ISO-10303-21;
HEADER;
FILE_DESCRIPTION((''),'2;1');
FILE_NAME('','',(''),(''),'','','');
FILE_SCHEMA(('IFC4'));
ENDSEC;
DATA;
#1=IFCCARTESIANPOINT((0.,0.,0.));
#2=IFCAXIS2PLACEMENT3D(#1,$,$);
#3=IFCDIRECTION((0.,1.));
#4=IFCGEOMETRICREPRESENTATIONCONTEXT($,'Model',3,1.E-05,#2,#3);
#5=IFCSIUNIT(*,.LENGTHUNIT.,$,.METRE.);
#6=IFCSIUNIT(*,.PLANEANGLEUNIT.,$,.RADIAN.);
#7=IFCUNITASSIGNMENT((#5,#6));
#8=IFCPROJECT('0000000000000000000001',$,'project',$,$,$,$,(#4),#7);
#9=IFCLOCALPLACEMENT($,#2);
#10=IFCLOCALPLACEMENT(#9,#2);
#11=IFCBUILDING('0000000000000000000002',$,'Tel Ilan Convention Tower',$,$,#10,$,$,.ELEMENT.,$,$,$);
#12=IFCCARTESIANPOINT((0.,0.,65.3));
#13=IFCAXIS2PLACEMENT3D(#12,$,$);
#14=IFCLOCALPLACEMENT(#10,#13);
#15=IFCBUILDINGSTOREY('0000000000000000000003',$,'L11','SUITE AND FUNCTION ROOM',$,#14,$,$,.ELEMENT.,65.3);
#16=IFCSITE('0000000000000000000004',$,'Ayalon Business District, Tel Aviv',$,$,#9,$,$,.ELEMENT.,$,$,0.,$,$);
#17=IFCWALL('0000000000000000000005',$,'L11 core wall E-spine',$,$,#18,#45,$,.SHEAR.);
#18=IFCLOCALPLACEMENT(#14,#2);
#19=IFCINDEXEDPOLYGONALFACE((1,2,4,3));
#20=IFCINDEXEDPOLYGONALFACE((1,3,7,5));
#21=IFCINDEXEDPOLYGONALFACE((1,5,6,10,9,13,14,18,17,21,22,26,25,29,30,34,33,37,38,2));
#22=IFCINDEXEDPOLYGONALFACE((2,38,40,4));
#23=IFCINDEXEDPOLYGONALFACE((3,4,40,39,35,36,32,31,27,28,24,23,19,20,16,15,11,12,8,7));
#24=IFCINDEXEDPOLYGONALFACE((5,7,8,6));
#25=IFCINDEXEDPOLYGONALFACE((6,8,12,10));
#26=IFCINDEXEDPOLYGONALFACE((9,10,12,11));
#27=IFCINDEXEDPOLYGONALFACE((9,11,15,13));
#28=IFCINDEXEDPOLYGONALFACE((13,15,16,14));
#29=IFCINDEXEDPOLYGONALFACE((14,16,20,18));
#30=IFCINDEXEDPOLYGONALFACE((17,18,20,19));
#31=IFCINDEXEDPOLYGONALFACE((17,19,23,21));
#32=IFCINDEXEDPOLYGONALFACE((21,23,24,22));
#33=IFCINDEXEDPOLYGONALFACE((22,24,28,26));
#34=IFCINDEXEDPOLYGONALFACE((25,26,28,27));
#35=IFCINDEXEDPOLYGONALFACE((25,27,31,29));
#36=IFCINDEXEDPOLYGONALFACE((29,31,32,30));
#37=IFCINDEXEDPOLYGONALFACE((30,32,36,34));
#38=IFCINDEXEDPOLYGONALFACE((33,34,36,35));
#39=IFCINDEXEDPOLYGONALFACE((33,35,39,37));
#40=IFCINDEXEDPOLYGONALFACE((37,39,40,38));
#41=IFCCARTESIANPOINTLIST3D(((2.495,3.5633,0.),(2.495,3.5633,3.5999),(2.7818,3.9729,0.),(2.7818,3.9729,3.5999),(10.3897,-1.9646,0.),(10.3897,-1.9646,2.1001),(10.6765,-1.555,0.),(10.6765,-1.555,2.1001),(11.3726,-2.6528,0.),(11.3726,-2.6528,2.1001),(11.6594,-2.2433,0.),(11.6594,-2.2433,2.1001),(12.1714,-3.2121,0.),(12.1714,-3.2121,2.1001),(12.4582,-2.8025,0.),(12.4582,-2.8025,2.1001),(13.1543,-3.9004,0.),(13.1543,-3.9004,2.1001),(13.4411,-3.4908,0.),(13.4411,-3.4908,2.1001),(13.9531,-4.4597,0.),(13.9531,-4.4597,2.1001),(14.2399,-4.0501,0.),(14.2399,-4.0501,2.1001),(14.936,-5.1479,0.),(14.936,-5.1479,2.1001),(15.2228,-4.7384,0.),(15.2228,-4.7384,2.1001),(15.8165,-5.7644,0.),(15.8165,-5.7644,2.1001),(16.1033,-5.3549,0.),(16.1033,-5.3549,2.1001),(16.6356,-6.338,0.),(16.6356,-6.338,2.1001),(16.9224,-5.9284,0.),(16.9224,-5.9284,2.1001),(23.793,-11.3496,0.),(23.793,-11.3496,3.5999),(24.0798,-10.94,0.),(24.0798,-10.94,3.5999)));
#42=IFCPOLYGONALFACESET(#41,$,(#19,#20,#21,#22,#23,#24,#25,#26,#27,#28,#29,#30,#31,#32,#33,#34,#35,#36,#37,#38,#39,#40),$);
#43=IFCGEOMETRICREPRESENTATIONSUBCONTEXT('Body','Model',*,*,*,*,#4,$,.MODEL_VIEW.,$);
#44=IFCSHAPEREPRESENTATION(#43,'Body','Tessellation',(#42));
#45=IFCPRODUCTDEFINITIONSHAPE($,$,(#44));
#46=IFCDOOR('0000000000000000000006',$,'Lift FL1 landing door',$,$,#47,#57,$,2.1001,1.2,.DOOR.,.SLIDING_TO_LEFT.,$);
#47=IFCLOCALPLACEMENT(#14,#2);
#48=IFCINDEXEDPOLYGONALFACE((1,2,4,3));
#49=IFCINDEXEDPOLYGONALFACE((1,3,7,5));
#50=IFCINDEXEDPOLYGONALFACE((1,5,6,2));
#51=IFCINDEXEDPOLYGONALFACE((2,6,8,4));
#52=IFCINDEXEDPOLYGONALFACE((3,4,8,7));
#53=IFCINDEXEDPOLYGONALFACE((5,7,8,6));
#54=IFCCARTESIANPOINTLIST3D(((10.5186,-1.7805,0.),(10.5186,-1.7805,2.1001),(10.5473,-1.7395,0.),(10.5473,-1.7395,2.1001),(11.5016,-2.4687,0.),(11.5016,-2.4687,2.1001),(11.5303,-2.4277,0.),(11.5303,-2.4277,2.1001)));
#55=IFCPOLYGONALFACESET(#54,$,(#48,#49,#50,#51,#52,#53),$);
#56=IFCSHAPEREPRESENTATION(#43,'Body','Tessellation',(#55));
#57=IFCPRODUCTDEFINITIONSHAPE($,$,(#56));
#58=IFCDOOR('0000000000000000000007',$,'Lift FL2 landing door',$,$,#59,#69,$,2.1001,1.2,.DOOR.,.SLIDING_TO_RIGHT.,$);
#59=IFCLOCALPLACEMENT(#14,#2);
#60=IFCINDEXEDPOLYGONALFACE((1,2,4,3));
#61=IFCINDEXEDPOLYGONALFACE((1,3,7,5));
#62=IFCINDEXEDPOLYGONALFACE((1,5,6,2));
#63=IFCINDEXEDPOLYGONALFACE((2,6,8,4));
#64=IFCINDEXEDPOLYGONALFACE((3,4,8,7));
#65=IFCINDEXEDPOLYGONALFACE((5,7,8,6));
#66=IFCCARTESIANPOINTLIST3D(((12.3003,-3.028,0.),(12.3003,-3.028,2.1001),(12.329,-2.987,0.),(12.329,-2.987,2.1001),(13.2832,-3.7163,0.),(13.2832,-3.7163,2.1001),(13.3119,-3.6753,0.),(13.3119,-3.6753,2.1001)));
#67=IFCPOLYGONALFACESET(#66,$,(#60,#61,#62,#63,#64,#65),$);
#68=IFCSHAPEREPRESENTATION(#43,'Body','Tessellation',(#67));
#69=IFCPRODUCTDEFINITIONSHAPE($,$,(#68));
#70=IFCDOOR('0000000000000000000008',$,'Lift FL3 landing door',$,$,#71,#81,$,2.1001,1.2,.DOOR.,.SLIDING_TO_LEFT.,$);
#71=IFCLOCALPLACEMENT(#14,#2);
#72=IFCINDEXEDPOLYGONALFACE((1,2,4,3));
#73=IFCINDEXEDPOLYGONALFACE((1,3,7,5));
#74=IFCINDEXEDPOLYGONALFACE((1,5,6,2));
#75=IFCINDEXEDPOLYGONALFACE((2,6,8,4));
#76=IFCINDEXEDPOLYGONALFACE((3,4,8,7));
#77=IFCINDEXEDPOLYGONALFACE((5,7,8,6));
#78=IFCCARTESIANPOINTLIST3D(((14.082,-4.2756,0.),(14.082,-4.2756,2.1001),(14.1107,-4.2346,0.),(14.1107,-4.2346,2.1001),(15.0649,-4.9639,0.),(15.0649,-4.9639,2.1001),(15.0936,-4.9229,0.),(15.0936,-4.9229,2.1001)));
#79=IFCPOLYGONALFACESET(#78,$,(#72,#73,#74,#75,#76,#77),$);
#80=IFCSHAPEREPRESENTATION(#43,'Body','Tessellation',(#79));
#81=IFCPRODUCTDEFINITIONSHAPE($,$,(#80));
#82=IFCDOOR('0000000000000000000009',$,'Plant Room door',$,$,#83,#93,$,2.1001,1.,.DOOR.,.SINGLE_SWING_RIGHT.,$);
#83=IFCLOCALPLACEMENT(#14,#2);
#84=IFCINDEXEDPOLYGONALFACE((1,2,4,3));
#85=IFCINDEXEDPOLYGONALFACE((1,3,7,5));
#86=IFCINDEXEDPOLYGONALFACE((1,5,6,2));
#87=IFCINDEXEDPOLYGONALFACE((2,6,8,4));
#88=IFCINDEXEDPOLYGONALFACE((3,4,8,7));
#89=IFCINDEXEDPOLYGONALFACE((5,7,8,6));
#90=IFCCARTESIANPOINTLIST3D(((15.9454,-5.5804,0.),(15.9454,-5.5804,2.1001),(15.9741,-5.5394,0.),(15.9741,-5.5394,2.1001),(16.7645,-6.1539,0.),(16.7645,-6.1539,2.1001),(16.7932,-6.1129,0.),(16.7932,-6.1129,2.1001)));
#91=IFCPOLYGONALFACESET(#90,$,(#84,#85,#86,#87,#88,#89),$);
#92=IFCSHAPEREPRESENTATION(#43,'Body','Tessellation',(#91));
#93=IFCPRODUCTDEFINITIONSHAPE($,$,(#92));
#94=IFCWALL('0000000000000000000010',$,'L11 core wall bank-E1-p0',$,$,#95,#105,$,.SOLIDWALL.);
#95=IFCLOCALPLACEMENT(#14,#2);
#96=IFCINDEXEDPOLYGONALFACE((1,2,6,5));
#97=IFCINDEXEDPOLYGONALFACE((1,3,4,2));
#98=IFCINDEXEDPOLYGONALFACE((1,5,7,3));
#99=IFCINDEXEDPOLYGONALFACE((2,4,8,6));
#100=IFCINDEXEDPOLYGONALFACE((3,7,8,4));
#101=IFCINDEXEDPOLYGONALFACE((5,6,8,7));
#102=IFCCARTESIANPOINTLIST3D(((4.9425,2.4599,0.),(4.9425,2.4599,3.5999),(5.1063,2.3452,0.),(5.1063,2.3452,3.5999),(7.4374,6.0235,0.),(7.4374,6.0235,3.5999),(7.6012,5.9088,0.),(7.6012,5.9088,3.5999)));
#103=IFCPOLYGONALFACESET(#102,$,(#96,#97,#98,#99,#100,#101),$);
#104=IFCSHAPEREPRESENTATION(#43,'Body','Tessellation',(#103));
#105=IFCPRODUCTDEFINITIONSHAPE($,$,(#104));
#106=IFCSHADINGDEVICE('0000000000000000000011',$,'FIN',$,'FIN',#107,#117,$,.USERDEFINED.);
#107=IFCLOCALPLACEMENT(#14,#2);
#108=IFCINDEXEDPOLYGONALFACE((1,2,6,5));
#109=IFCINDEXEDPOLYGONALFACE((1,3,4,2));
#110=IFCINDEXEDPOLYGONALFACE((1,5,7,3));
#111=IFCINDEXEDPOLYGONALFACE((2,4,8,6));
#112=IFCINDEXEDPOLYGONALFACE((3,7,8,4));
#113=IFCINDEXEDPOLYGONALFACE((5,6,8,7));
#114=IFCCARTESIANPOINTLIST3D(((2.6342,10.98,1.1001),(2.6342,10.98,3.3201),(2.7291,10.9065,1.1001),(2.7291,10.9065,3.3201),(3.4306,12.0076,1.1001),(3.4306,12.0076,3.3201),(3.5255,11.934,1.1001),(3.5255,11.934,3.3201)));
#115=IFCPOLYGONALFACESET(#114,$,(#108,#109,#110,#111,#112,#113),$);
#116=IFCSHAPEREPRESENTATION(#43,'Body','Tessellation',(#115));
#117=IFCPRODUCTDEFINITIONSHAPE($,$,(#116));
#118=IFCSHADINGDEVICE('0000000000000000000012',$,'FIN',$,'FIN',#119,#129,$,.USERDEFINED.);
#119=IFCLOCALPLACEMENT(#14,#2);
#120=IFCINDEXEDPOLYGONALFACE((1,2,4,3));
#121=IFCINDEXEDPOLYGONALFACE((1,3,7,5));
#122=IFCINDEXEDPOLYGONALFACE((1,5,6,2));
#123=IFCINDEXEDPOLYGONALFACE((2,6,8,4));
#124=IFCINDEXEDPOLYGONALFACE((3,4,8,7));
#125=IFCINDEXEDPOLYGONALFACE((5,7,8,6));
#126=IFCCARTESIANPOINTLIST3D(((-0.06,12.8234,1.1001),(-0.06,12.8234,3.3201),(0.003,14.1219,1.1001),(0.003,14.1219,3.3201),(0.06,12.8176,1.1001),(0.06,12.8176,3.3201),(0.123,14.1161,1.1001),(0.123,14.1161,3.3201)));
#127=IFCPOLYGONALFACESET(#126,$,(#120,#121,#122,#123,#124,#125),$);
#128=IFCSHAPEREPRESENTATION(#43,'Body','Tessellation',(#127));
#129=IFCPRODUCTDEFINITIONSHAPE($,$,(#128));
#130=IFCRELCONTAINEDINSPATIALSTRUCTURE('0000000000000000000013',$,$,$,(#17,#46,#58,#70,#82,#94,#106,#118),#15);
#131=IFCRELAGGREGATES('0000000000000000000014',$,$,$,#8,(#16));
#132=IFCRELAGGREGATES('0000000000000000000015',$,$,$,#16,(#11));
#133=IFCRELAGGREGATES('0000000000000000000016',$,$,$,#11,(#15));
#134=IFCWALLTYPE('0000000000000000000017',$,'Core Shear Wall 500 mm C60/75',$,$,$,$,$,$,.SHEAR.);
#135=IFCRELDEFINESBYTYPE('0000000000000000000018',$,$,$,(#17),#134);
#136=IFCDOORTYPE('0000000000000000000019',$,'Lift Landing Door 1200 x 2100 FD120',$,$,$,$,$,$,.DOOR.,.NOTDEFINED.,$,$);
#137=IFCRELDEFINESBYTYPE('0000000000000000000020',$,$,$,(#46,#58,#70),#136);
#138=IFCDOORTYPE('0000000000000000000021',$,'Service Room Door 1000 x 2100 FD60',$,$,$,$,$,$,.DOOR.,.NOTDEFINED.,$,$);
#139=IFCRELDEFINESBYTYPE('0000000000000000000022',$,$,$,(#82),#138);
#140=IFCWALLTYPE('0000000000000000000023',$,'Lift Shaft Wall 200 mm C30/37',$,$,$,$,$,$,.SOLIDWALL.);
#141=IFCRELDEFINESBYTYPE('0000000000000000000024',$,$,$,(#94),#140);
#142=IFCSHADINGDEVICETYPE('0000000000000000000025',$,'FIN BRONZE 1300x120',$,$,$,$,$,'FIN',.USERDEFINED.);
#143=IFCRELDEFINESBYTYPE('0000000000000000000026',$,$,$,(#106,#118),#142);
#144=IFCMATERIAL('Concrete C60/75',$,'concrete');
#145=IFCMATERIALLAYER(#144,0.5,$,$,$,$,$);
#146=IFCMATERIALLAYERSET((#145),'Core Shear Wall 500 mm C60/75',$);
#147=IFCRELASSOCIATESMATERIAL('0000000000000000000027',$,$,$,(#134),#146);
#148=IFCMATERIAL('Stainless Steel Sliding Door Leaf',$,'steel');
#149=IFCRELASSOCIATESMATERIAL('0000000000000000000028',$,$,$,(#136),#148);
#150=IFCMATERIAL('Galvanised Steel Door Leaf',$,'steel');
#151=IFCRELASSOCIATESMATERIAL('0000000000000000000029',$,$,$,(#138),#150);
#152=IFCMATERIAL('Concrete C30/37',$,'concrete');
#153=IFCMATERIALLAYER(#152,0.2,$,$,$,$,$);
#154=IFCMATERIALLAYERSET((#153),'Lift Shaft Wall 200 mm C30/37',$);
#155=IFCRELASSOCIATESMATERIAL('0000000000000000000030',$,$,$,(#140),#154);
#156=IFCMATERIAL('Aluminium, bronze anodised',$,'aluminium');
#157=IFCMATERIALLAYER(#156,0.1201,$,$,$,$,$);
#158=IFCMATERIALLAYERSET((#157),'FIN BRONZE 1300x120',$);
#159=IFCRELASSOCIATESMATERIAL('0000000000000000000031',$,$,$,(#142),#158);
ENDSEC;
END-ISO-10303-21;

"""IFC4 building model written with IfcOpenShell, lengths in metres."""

from ifc_helpers import new_model, si_unit, direction, frame, frame_2d, origin, origin_2d, place, context, subcontext, project, spatial, polyline, rectangle, outline, extrude, material, layer, layer_set, type_object, element, fill, save


model = new_model("IFC4")

# Units and contexts
model_context = context("Model", 3, precision=1e-05, world=origin(), true_north=direction((0.0, 1.0)))
body_context = subcontext(model_context, "Body", "Model", "MODEL_VIEW")
ifc_project = project(units=[si_unit("LENGTHUNIT", "METRE"), si_unit("PLANEANGLEUNIT", "RADIAN")], contexts=[model_context])

# Site, building, storey
site_placement = place(None, origin())
site = spatial("IfcSite", under=ifc_project, at=site_placement, Name="Ayalon Business District, Tel Aviv", CompositionType="ELEMENT", RefElevation=0.0)
building_placement = place(site_placement, origin())
building = spatial("IfcBuilding", under=site, at=building_placement, Name="Tel Ilan Convention Tower", CompositionType="ELEMENT")
storey_placement = place(building_placement, frame((0.0, 0.0, 65.3)))
storey = spatial("IfcBuildingStorey", under=building, at=storey_placement, Name="L11", Description="SUITE AND FUNCTION ROOM", CompositionType="ELEMENT", Elevation=65.3)

# Wall, openings, doors
ifc_material_1 = material(Name="Concrete C60/75", Category="concrete")
ifc_layer_1 = layer(ifc_material_1, 0.5)
ifc_layer_set_1 = layer_set([ifc_layer_1], Name="Core Shear Wall 500 mm C60/75")
wall_type_1 = type_object("IfcWallType", Name="Core Shear Wall 500 mm C60/75", PredefinedType="SHEAR", material=ifc_layer_set_1)
wall_1_placement = place(storey_placement, frame((2.6384, 3.7681, 0.0), z_axis=(0.0, 0.0, 1.0), x_axis=(0.819149, -0.573581, 0.0)))
wall_1 = element("IfcWall", 1, at=wall_1_placement, inside=storey, type_object=wall_type_1, Name="L11 core wall E-spine", PredefinedType="SHEAR", context=body_context, shape_type="SweptSolid", body=[
    extrude(outline(polyline([(0.0, 0.25), (0.0, -0.25), (26.0, -0.2498), (26.0, 0.2502), (0.0, 0.25)])), origin(), (0.0, 0.0, 1.0), 3.5999),
])
opening_1_placement = place(wall_1_placement, frame((9.6375, 0.0, 0.0)))
opening_1 = element("IfcOpeningElement", 2, at=opening_1_placement, cuts=wall_1, PredefinedType="OPENING", context=body_context, shape_type="SweptSolid", body=[
    extrude(rectangle(XDim=1.2, YDim=2.1001, at=frame_2d((0.6001, 1.05))), frame((0.0, 0.26, 0.0), z_axis=(0.0, -1.0, 0.0), x_axis=(1.0, 0.0, 0.0)), (0.0, 0.0, 1.0), 0.52),
])
opening_2_placement = place(wall_1_placement, frame((11.8125, 0.0, 0.0)))
opening_2 = element("IfcOpeningElement", 3, at=opening_2_placement, cuts=wall_1, PredefinedType="OPENING", context=body_context, shape_type="SweptSolid", body=[
    extrude(rectangle(XDim=1.2, YDim=2.1001, at=frame_2d((0.6001, 1.05))), frame((0.0, 0.26, 0.0), z_axis=(0.0, -1.0, 0.0), x_axis=(1.0, 0.0, 0.0)), (0.0, 0.0, 1.0), 0.52),
])
opening_3_placement = place(wall_1_placement, frame((13.9875, 0.0, 0.0)))
opening_3 = element("IfcOpeningElement", 4, at=opening_3_placement, cuts=wall_1, PredefinedType="OPENING", context=body_context, shape_type="SweptSolid", body=[
    extrude(rectangle(XDim=1.2, YDim=2.1001, at=frame_2d((0.6001, 1.05))), frame((0.0, 0.26, 0.0), z_axis=(0.0, -1.0, 0.0), x_axis=(1.0, 0.0, 0.0)), (0.0, 0.0, 1.0), 0.52),
])
opening_4_placement = place(wall_1_placement, frame((16.2625, 0.0, 0.0)))
opening_4 = element("IfcOpeningElement", 5, at=opening_4_placement, cuts=wall_1, PredefinedType="OPENING", context=body_context, shape_type="SweptSolid", body=[
    extrude(rectangle(XDim=1.0, YDim=2.1001, at=frame_2d((0.5, 1.05))), frame((0.0, 0.26, 0.0), z_axis=(0.0, -1.0, 0.0), x_axis=(1.0, 0.0, 0.0)), (0.0, 0.0, 1.0), 0.52),
])
ifc_material_2 = material(Name="Stainless Steel Sliding Door Leaf", Category="steel")
door_type_1 = type_object("IfcDoorType", Name="Lift Landing Door 1200 x 2100 FD120", OperationType="NOTDEFINED", PredefinedType="DOOR", material=ifc_material_2)
door_1_placement = place(opening_1_placement, origin())
door_1 = element("IfcDoor", 6, at=door_1_placement, inside=storey, type_object=door_type_1, Name="Lift FL1 landing door", OperationType="SLIDING_TO_LEFT", OverallHeight=2.1001, OverallWidth=1.2, PredefinedType="DOOR", context=body_context, shape_type="SweptSolid", body=[
    extrude(rectangle(XDim=1.2, YDim=2.1001, at=frame_2d((0.6001, 1.05))), frame((0.0, 0.0249, 0.0), z_axis=(0.0, -1.0, 0.0), x_axis=(1.0, 0.0, 0.0)), (0.0, 0.0, 1.0), 0.05),
])
fill(opening_1, door_1)
door_2_placement = place(opening_2_placement, origin())
door_2 = element("IfcDoor", 7, at=door_2_placement, inside=storey, type_object=door_type_1, Name="Lift FL2 landing door", OperationType="SLIDING_TO_RIGHT", OverallHeight=2.1001, OverallWidth=1.2, PredefinedType="DOOR", context=body_context, shape_type="SweptSolid", body=[
    extrude(rectangle(XDim=1.2, YDim=2.1001, at=frame_2d((0.6001, 1.05))), frame((0.0, 0.0249, 0.0), z_axis=(0.0, -1.0, 0.0), x_axis=(1.0, 0.0, 0.0)), (0.0, 0.0, 1.0), 0.05),
])
fill(opening_2, door_2)
door_3_placement = place(opening_3_placement, origin())
door_3 = element("IfcDoor", 8, at=door_3_placement, inside=storey, type_object=door_type_1, Name="Lift FL3 landing door", OperationType="SLIDING_TO_LEFT", OverallHeight=2.1001, OverallWidth=1.2, PredefinedType="DOOR", context=body_context, shape_type="SweptSolid", body=[
    extrude(rectangle(XDim=1.2, YDim=2.1001, at=frame_2d((0.6001, 1.05))), frame((0.0, 0.0249, 0.0), z_axis=(0.0, -1.0, 0.0), x_axis=(1.0, 0.0, 0.0)), (0.0, 0.0, 1.0), 0.05),
])
fill(opening_3, door_3)
ifc_material_3 = material(Name="Galvanised Steel Door Leaf", Category="steel")
door_type_2 = type_object("IfcDoorType", Name="Service Room Door 1000 x 2100 FD60", OperationType="NOTDEFINED", PredefinedType="DOOR", material=ifc_material_3)
door_4_placement = place(opening_4_placement, origin())
door_4 = element("IfcDoor", 9, at=door_4_placement, inside=storey, type_object=door_type_2, Name="Plant Room door", OperationType="SINGLE_SWING_RIGHT", OverallHeight=2.1001, OverallWidth=1.0, PredefinedType="DOOR", context=body_context, shape_type="SweptSolid", body=[
    extrude(rectangle(XDim=1.0, YDim=2.1001, at=frame_2d((0.5, 1.05))), frame((0.0, 0.0249, 0.0), z_axis=(0.0, -1.0, 0.0), x_axis=(1.0, 0.0, 0.0)), (0.0, 0.0, 1.0), 0.05),
])
fill(opening_4, door_4)

# Wall
ifc_material_4 = material(Name="Concrete C30/37", Category="concrete")
ifc_layer_2 = layer(ifc_material_4, 0.2)
ifc_layer_set_2 = layer_set([ifc_layer_2], Name="Lift Shaft Wall 200 mm C30/37")
wall_type_2 = type_object("IfcWallType", Name="Lift Shaft Wall 200 mm C30/37", PredefinedType="SOLIDWALL", material=ifc_layer_set_2)
wall_2_placement = place(storey_placement, frame((5.0244, 2.4026, 0.0), z_axis=(0.0, 0.0, 1.0), x_axis=(0.57353, 0.819184, 0.0)))
element("IfcWall", 10, at=wall_2_placement, inside=storey, type_object=wall_type_2, Name="L11 core wall bank-E1-p0", PredefinedType="SOLIDWALL", context=body_context, shape_type="SweptSolid", body=[
    extrude(rectangle(XDim=4.3501, YDim=0.2, at=frame_2d((2.175, 0.0))), origin(), (0.0, 0.0, 1.0), 3.5999),
])

# Shading devices
ifc_material_5 = material(Name="Aluminium, bronze anodised", Category="aluminium")
ifc_layer_3 = layer(ifc_material_5, 0.1201)
ifc_layer_set_3 = layer_set([ifc_layer_3], Name="FIN BRONZE 1300x120")
shading_device_type = type_object("IfcShadingDeviceType", Name="FIN BRONZE 1300x120", ElementType="FIN", PredefinedType="USERDEFINED", material=ifc_layer_set_3)
for number, where, z_axis, x_axis, name in (
    (11, (3.0798, 11.457, 1.1001), (0.0, 0.0, 1.0), (0.612601, 0.790393, 0.0), "FIN"),
    (12, (0.0315, 13.4697, 1.1001), (0.0, 0.0, 1.0), (0.048462, 0.998825, 0.0), "FIN"),
):
    element("IfcShadingDevice", number, at=place(storey_placement, frame(where, z_axis=z_axis, x_axis=x_axis)), inside=storey, type_object=shading_device_type, Name=name, ObjectType="FIN", PredefinedType="USERDEFINED", context=body_context, shape_type="SweptSolid", body=[
        extrude(rectangle(XDim=1.3, YDim=0.1201, at=origin_2d()), origin(), (0.0, 0.0, 1.0), 2.22),
    ])

save(model, "model.ifc")
